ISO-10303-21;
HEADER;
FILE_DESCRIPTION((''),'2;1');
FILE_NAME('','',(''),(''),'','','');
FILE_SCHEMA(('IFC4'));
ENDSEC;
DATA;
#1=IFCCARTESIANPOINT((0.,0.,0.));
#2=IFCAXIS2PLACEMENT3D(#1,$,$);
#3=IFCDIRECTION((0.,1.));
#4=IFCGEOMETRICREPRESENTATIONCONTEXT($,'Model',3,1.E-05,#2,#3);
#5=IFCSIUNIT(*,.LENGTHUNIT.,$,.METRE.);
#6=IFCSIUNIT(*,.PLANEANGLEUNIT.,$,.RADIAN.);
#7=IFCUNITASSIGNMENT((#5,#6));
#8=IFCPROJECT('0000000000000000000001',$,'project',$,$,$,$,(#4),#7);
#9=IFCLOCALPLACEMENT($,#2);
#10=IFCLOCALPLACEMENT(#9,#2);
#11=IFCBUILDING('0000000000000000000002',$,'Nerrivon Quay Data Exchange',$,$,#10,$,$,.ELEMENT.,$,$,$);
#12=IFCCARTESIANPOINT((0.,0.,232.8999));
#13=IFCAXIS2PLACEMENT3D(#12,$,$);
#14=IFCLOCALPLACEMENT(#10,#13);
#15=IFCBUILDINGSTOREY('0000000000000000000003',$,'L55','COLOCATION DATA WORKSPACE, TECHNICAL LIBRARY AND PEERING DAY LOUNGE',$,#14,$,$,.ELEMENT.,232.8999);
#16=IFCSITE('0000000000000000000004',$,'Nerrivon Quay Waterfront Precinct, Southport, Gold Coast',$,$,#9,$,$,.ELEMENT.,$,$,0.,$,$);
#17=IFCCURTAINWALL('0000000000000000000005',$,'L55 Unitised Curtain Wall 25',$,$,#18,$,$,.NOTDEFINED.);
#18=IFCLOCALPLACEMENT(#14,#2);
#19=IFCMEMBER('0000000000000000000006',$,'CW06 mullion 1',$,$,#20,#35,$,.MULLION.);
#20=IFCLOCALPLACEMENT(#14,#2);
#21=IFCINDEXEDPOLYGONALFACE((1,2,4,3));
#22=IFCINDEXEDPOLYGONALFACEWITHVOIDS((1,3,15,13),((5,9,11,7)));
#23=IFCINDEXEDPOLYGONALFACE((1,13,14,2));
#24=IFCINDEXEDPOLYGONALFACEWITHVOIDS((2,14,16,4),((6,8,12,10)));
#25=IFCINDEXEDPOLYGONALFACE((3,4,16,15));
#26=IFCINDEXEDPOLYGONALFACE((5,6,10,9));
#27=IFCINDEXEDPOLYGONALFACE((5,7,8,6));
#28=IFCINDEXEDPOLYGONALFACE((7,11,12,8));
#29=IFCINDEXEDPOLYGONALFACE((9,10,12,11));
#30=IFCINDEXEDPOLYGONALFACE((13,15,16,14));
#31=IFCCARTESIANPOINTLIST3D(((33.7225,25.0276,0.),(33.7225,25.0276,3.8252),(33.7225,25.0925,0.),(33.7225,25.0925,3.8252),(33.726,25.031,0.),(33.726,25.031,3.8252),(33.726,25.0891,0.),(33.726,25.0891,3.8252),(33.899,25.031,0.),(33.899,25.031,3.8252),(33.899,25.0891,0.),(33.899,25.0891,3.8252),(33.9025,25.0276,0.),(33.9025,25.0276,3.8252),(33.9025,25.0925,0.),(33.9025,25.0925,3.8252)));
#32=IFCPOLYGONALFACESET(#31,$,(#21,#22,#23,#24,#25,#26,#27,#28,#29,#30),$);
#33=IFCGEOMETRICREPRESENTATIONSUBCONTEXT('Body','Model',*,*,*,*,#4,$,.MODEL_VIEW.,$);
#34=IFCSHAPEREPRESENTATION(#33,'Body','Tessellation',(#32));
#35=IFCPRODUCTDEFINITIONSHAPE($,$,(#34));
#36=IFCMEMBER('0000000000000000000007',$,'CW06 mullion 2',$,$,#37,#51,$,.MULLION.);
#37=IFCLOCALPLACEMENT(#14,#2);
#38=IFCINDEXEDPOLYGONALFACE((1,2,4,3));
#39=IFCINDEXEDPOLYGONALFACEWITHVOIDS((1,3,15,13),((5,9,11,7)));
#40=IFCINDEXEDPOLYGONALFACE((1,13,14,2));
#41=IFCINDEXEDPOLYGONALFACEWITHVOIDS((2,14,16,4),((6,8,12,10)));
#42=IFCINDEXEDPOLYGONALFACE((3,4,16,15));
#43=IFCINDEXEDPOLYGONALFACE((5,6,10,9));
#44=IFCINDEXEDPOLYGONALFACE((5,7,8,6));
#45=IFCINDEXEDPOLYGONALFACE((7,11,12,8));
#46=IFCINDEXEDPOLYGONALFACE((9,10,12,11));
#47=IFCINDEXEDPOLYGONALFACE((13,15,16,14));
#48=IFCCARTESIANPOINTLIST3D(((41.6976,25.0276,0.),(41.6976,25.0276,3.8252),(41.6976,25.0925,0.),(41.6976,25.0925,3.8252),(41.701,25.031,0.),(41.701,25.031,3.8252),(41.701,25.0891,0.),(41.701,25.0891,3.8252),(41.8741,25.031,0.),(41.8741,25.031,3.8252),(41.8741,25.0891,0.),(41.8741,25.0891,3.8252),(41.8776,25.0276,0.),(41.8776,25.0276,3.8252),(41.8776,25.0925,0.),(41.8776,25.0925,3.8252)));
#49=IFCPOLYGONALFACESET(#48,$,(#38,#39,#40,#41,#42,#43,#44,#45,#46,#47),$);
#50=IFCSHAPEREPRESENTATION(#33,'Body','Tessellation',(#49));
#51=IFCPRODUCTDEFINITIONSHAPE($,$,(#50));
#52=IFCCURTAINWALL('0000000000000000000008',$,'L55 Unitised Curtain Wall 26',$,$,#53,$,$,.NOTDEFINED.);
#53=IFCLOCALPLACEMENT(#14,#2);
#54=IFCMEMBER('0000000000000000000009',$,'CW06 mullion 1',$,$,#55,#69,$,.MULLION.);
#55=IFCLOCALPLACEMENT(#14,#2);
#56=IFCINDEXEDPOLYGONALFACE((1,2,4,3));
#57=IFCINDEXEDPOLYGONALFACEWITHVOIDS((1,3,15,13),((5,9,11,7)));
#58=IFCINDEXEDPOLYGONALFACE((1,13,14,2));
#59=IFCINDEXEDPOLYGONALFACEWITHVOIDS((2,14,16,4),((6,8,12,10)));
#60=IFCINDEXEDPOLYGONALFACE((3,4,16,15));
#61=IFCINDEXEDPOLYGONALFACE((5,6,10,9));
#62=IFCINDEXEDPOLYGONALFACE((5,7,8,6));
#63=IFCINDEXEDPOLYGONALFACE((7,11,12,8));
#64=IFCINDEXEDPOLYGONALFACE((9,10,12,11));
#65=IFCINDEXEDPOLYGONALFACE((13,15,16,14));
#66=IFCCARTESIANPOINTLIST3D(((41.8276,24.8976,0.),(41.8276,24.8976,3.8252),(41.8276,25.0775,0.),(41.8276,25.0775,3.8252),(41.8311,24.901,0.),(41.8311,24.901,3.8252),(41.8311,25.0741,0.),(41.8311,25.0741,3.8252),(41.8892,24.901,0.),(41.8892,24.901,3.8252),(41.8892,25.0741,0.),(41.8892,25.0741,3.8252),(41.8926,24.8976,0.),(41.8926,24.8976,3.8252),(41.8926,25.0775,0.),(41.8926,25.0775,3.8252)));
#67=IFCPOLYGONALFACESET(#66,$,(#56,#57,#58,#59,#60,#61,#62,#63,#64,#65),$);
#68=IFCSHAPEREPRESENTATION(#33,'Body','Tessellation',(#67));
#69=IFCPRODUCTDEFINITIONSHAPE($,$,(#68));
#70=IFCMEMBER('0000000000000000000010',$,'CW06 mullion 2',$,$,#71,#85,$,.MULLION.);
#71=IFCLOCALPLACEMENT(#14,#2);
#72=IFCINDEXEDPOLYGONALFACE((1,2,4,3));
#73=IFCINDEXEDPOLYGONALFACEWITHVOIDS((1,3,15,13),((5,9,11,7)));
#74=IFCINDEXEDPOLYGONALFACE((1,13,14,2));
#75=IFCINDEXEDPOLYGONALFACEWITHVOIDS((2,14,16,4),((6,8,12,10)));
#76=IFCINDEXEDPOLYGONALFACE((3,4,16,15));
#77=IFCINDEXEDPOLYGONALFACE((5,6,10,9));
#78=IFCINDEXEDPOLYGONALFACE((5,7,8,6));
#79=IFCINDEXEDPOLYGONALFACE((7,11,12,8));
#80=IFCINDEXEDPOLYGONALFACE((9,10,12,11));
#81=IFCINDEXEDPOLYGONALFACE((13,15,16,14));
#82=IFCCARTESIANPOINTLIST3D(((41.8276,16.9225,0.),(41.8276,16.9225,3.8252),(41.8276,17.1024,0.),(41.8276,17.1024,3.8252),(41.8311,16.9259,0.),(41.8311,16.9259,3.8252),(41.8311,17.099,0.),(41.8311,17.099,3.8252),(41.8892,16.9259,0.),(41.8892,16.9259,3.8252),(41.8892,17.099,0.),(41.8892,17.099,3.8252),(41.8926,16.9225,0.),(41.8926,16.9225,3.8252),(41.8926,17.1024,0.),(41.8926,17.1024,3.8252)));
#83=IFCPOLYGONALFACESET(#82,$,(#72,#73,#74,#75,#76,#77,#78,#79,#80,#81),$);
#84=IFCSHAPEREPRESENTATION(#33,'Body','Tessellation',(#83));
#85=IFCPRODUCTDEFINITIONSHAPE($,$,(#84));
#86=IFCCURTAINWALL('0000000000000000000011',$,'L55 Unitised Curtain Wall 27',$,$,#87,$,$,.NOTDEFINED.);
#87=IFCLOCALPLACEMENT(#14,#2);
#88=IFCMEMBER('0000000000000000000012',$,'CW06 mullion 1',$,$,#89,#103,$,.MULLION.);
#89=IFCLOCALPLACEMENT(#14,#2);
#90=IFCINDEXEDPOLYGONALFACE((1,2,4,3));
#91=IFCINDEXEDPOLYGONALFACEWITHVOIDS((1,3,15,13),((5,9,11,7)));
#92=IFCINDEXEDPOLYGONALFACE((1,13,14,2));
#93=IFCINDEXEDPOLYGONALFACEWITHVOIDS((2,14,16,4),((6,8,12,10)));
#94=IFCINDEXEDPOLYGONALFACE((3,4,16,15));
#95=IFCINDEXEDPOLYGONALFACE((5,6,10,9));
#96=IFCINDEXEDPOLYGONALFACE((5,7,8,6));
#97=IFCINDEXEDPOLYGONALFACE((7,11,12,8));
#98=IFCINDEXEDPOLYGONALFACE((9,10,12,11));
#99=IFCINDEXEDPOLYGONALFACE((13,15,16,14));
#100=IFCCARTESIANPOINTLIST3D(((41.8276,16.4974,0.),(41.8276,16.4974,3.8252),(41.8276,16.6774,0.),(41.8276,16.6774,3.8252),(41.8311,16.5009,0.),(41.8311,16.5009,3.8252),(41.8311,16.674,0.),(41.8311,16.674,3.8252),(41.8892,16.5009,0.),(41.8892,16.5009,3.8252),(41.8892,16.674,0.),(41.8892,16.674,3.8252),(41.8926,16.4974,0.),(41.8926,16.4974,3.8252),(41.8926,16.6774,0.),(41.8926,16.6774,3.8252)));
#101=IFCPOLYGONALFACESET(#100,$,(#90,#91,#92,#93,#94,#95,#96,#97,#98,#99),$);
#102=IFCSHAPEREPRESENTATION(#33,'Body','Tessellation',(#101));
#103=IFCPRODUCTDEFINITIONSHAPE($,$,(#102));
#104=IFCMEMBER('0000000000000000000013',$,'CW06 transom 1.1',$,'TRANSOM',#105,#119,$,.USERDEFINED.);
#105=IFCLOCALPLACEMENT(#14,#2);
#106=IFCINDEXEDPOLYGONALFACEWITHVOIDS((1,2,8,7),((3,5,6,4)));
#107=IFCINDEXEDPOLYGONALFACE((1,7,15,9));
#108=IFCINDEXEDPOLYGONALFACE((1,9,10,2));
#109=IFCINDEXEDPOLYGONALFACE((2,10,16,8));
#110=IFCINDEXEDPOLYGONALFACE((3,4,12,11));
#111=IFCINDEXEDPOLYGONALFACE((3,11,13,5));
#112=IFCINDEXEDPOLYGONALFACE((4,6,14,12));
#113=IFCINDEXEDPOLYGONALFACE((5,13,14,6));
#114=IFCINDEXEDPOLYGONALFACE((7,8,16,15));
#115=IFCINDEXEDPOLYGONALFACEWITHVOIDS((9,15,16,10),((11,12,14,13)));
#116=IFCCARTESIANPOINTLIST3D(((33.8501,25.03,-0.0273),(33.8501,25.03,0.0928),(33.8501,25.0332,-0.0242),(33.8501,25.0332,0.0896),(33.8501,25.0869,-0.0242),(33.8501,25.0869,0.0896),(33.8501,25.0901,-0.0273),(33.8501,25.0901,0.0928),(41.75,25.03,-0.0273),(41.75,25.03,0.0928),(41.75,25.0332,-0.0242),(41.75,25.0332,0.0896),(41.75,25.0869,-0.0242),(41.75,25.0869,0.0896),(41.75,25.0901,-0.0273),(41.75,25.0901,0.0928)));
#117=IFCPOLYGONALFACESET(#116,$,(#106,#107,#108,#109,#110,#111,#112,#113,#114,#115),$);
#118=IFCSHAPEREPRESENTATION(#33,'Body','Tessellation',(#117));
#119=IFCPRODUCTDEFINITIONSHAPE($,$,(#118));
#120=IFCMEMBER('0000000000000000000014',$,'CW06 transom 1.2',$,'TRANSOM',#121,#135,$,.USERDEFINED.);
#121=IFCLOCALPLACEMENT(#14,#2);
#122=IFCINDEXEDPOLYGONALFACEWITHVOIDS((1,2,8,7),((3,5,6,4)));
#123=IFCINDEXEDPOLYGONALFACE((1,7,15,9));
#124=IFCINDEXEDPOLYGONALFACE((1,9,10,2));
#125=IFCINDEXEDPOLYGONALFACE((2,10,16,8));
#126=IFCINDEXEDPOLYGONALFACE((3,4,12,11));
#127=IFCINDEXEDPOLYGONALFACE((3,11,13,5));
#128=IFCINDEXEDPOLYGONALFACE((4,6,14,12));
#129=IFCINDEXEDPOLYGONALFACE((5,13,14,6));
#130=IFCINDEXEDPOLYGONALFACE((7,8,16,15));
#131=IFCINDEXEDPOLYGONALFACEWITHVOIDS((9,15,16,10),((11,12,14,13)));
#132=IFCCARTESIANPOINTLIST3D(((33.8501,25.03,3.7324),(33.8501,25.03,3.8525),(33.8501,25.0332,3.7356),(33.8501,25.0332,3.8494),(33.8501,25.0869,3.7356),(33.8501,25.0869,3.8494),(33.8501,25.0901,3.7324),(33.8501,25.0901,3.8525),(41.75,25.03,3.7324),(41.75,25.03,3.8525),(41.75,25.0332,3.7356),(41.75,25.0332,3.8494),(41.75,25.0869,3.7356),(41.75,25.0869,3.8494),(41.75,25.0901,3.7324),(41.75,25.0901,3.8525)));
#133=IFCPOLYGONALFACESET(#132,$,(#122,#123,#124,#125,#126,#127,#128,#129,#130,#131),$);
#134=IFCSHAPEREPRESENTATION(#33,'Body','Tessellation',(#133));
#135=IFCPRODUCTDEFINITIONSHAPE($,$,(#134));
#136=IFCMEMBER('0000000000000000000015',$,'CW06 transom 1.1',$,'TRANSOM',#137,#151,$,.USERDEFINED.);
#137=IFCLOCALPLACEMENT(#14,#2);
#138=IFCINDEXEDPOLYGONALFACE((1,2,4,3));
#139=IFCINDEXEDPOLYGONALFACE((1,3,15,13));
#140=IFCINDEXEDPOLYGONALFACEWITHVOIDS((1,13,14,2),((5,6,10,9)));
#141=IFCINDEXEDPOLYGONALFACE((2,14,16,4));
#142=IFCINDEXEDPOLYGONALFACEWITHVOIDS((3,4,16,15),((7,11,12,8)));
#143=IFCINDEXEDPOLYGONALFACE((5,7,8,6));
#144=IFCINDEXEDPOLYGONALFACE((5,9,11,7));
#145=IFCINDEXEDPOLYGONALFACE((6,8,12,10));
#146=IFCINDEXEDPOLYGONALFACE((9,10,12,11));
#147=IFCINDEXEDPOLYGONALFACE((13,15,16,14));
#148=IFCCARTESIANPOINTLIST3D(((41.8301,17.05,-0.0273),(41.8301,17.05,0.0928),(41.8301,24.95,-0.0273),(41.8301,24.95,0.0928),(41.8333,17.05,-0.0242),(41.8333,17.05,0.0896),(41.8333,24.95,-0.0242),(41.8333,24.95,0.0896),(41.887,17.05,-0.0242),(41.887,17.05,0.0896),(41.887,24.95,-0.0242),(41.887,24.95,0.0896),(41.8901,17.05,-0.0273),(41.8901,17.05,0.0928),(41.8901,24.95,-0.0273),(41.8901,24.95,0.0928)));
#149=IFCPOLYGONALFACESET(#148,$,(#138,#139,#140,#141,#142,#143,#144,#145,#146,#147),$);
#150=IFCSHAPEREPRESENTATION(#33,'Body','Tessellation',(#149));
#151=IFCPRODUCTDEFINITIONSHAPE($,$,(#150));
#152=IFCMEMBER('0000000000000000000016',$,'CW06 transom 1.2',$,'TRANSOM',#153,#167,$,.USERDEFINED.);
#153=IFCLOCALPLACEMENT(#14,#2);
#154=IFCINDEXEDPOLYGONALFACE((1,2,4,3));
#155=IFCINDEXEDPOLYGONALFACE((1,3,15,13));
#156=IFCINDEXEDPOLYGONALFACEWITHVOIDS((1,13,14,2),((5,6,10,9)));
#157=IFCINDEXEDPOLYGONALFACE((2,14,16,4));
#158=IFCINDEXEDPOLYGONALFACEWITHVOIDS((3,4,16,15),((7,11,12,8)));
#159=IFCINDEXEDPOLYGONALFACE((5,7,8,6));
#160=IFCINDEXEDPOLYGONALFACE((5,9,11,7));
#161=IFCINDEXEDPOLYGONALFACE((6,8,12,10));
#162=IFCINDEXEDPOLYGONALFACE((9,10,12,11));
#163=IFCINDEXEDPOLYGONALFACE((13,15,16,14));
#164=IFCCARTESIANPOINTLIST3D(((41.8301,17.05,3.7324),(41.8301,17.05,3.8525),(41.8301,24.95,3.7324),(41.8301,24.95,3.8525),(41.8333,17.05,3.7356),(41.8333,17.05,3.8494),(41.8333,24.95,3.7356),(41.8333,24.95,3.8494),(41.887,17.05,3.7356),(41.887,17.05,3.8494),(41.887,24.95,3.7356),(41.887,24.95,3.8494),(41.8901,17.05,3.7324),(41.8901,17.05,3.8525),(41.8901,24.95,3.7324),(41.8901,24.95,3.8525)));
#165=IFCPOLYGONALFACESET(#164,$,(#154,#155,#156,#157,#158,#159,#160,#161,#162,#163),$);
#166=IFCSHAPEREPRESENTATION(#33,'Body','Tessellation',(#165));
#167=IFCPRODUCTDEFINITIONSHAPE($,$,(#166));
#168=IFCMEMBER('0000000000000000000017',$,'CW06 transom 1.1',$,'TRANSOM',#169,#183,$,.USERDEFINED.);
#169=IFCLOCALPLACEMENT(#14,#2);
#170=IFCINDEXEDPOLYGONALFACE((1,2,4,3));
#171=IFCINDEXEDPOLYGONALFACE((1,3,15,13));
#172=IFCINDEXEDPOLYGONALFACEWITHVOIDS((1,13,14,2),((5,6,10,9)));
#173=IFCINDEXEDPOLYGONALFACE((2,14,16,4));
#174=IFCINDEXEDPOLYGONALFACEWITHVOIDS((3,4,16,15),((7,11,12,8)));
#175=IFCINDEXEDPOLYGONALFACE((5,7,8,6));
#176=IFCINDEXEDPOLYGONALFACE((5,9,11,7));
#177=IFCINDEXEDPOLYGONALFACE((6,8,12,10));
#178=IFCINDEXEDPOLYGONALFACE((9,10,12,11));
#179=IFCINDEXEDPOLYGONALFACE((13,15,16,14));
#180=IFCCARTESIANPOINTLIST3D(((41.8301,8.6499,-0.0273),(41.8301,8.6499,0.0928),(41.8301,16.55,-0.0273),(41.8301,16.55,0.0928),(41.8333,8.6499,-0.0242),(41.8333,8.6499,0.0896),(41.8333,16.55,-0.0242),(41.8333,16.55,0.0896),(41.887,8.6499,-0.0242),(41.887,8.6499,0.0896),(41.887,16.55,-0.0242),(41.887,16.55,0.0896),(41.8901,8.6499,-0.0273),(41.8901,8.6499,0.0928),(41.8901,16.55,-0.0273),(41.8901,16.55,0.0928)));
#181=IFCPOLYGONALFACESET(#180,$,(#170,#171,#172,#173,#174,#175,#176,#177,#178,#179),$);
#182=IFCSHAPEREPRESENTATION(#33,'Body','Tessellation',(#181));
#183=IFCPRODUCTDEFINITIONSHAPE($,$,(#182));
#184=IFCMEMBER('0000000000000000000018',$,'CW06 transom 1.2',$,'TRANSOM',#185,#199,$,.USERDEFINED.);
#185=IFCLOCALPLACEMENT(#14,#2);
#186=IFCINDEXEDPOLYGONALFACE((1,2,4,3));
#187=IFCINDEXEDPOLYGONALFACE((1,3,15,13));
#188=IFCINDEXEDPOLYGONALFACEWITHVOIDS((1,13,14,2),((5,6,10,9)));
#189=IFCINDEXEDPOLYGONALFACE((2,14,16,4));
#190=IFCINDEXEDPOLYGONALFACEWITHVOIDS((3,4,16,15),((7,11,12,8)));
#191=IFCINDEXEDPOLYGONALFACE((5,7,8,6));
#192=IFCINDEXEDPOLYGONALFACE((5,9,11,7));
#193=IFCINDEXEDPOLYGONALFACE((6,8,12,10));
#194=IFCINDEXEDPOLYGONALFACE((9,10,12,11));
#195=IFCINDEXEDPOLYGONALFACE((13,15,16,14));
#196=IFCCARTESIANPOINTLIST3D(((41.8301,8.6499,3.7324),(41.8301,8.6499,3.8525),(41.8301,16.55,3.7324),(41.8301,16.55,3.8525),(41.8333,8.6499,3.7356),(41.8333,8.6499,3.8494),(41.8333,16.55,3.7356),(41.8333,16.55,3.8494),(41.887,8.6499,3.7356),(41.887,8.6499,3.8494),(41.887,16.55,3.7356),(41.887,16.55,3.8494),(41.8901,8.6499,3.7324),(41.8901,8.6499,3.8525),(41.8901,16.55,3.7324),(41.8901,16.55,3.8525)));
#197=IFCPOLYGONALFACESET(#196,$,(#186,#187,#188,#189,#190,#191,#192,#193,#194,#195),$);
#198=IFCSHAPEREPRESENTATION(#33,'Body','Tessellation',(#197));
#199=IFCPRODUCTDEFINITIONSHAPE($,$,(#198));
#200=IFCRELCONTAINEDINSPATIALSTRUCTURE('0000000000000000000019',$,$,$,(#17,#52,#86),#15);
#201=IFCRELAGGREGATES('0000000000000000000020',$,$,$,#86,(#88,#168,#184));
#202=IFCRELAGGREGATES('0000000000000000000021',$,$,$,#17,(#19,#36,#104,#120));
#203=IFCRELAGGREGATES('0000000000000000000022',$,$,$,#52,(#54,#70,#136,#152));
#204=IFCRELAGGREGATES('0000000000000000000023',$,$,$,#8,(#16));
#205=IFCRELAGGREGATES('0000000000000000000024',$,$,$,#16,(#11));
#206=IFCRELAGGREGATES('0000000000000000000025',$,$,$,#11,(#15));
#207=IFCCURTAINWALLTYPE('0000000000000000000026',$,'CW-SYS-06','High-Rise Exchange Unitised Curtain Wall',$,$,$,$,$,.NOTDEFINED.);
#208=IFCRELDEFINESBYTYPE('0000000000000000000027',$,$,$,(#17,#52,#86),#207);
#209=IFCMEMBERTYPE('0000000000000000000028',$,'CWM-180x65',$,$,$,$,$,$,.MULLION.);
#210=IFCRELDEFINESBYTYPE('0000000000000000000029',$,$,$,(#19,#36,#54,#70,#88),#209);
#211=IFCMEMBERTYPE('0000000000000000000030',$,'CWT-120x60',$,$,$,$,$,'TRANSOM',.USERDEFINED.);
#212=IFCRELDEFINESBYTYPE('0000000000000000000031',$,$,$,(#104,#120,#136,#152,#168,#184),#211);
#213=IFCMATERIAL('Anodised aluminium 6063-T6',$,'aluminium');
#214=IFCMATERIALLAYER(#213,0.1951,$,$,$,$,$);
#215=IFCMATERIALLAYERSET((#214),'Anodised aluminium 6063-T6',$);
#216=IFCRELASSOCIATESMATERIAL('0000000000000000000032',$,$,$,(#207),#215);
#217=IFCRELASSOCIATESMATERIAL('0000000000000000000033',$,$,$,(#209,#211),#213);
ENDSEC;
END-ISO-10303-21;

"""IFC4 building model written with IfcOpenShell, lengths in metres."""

from ifc_helpers import new_model, si_unit, direction, frame, origin, origin_2d, place, context, subcontext, project, spatial, hollow_rectangle, extrude, material, layer, layer_set, material_profile, profile_set, type_object, element, aggregate, save


model = new_model("IFC4")

# Units and contexts
model_context = context("Model", 3, precision=1e-05, world=origin(), true_north=direction((0.0, 1.0)))
body_context = subcontext(model_context, "Body", "Model", "MODEL_VIEW")
ifc_project = project(units=[si_unit("LENGTHUNIT", "METRE"), si_unit("PLANEANGLEUNIT", "RADIAN")], contexts=[model_context])

# Site, building, storey
site_placement = place(None, origin())
site = spatial("IfcSite", under=ifc_project, at=site_placement, Name="Nerrivon Quay Waterfront Precinct, Southport, Gold Coast", CompositionType="ELEMENT", RefElevation=0.0)
building_placement = place(site_placement, origin())
building = spatial("IfcBuilding", under=site, at=building_placement, Name="Nerrivon Quay Data Exchange", CompositionType="ELEMENT")
storey_placement = place(building_placement, frame((0.0, 0.0, 232.8999)))
storey = spatial("IfcBuildingStorey", under=building, at=storey_placement, Name="L55", Description="COLOCATION DATA WORKSPACE, TECHNICAL LIBRARY AND PEERING DAY LOUNGE", CompositionType="ELEMENT", Elevation=232.8999)

# Curtain walls, members
ifc_material_1 = material(Name="Anodised aluminium 6063-T6", Category="aluminium")
ifc_layer_1 = layer(ifc_material_1, 0.1951)
ifc_layer_set_1 = layer_set([ifc_layer_1], Name="Anodised aluminium 6063-T6")
curtain_wall_type = type_object("IfcCurtainWallType", Name="CW-SYS-06", Description="High-Rise Exchange Unitised Curtain Wall", PredefinedType="NOTDEFINED", material=ifc_layer_set_1)
curtain_wall_1_placement = place(storey_placement, origin())
curtain_wall_1 = element("IfcCurtainWall", 1, at=curtain_wall_1_placement, inside=storey, type_object=curtain_wall_type, Name="L55 Unitised Curtain Wall 25", PredefinedType="NOTDEFINED")
ifc_material_profile_1 = material_profile(ifc_material_1, hollow_rectangle(XDim=0.0649, YDim=0.1799, WallThickness=0.0034, at=origin_2d()), Name="ALU-MULL-180x65")
ifc_profile_set_1 = profile_set([ifc_material_profile_1], Name="Anodised aluminium 6063-T6")
member_type_1 = type_object("IfcMemberType", Name="CWM-180x65", PredefinedType="MULLION", material=ifc_profile_set_1)
member_1_placement = place(storey_placement, frame((33.8125, 25.0601, 0.0), z_axis=(0.0, 0.0, 1.0), x_axis=(0.0, 1.0, 0.0)))
member_1 = element("IfcMember", 2, at=member_1_placement, type_object=member_type_1, Name="CW06 mullion 1", PredefinedType="MULLION", context=body_context, shape_type="SweptSolid", body=[
    extrude(hollow_rectangle(XDim=0.0649, YDim=0.1799, WallThickness=0.0034, at=origin_2d()), origin(), (0.0, 0.0, 1.0), 3.8252),
])
member_2_placement = place(storey_placement, frame((41.7876, 25.0601, 0.0), z_axis=(0.0, 0.0, 1.0), x_axis=(0.0, 1.0, 0.0)))
member_2 = element("IfcMember", 3, at=member_2_placement, type_object=member_type_1, Name="CW06 mullion 2", PredefinedType="MULLION", context=body_context, shape_type="SweptSolid", body=[
    extrude(hollow_rectangle(XDim=0.0649, YDim=0.1799, WallThickness=0.0034, at=origin_2d()), origin(), (0.0, 0.0, 1.0), 3.8252),
])
curtain_wall_2_placement = place(storey_placement, origin())
curtain_wall_2 = element("IfcCurtainWall", 4, at=curtain_wall_2_placement, inside=storey, type_object=curtain_wall_type, Name="L55 Unitised Curtain Wall 26", PredefinedType="NOTDEFINED")
member_3_placement = place(storey_placement, frame((41.8601, 24.9875, 0.0), z_axis=(0.0, 0.0, 1.0), x_axis=(1.0, 0.0, 0.0)))
member_3 = element("IfcMember", 5, at=member_3_placement, type_object=member_type_1, Name="CW06 mullion 1", PredefinedType="MULLION", context=body_context, shape_type="SweptSolid", body=[
    extrude(hollow_rectangle(XDim=0.0649, YDim=0.1799, WallThickness=0.0034, at=origin_2d()), origin(), (0.0, 0.0, 1.0), 3.8252),
])
member_4_placement = place(storey_placement, frame((41.8601, 17.0125, 0.0), z_axis=(0.0, 0.0, 1.0), x_axis=(1.0, 0.0, 0.0)))
member_4 = element("IfcMember", 6, at=member_4_placement, type_object=member_type_1, Name="CW06 mullion 2", PredefinedType="MULLION", context=body_context, shape_type="SweptSolid", body=[
    extrude(hollow_rectangle(XDim=0.0649, YDim=0.1799, WallThickness=0.0034, at=origin_2d()), origin(), (0.0, 0.0, 1.0), 3.8252),
])

# Curtain wall, member
curtain_wall_3_placement = place(storey_placement, origin())
curtain_wall_3 = element("IfcCurtainWall", 7, at=curtain_wall_3_placement, inside=storey, type_object=curtain_wall_type, Name="L55 Unitised Curtain Wall 27", PredefinedType="NOTDEFINED")
member_5_placement = place(storey_placement, frame((41.8601, 16.5874, 0.0), z_axis=(0.0, 0.0, 1.0), x_axis=(1.0, 0.0, 0.0)))
member_5 = element("IfcMember", 8, at=member_5_placement, type_object=member_type_1, Name="CW06 mullion 1", PredefinedType="MULLION", context=body_context, shape_type="SweptSolid", body=[
    extrude(hollow_rectangle(XDim=0.0649, YDim=0.1799, WallThickness=0.0034, at=origin_2d()), origin(), (0.0, 0.0, 1.0), 3.8252),
])

# Members
ifc_material_profile_2 = material_profile(ifc_material_1, hollow_rectangle(XDim=0.0601, YDim=0.1201, WallThickness=0.0032, at=origin_2d()), Name="ALU-TRAN-120x60")
ifc_profile_set_2 = profile_set([ifc_material_profile_2], Name="Anodised aluminium 6063-T6")
member_type_2 = type_object("IfcMemberType", Name="CWT-120x60", ElementType="TRANSOM", PredefinedType="USERDEFINED", material=ifc_profile_set_2)
member_6_placement = place(storey_placement, frame((33.8501, 25.0601, 0.0327), z_axis=(1.0, 0.0, 0.0), x_axis=(0.0, 1.0, 0.0)))
member_6 = element("IfcMember", 9, at=member_6_placement, type_object=member_type_2, Name="CW06 transom 1.1", ObjectType="TRANSOM", PredefinedType="USERDEFINED", context=body_context, shape_type="SweptSolid", body=[
    extrude(hollow_rectangle(XDim=0.0601, YDim=0.1201, WallThickness=0.0032, at=origin_2d()), origin(), (0.0, 0.0, 1.0), 7.8999),
])
member_7_placement = place(storey_placement, frame((33.8501, 25.0601, 3.7925), z_axis=(1.0, 0.0, 0.0), x_axis=(0.0, 1.0, 0.0)))
member_7 = element("IfcMember", 10, at=member_7_placement, type_object=member_type_2, Name="CW06 transom 1.2", ObjectType="TRANSOM", PredefinedType="USERDEFINED", context=body_context, shape_type="SweptSolid", body=[
    extrude(hollow_rectangle(XDim=0.0601, YDim=0.1201, WallThickness=0.0032, at=origin_2d()), origin(), (0.0, 0.0, 1.0), 7.8999),
])
member_8_placement = place(storey_placement, frame((41.8601, 24.95, 0.0327), z_axis=(0.0, -1.0, 0.0), x_axis=(1.0, 0.0, 0.0)))
member_8 = element("IfcMember", 11, at=member_8_placement, type_object=member_type_2, Name="CW06 transom 1.1", ObjectType="TRANSOM", PredefinedType="USERDEFINED", context=body_context, shape_type="SweptSolid", body=[
    extrude(hollow_rectangle(XDim=0.0601, YDim=0.1201, WallThickness=0.0032, at=origin_2d()), origin(), (0.0, 0.0, 1.0), 7.8999),
])
member_9_placement = place(storey_placement, frame((41.8601, 24.95, 3.7925), z_axis=(0.0, -1.0, 0.0), x_axis=(1.0, 0.0, 0.0)))
member_9 = element("IfcMember", 12, at=member_9_placement, type_object=member_type_2, Name="CW06 transom 1.2", ObjectType="TRANSOM", PredefinedType="USERDEFINED", context=body_context, shape_type="SweptSolid", body=[
    extrude(hollow_rectangle(XDim=0.0601, YDim=0.1201, WallThickness=0.0032, at=origin_2d()), origin(), (0.0, 0.0, 1.0), 7.8999),
])
member_10_placement = place(storey_placement, frame((41.8601, 16.55, 0.0327), z_axis=(0.0, -1.0, 0.0), x_axis=(1.0, 0.0, 0.0)))
member_10 = element("IfcMember", 13, at=member_10_placement, type_object=member_type_2, Name="CW06 transom 1.1", ObjectType="TRANSOM", PredefinedType="USERDEFINED", context=body_context, shape_type="SweptSolid", body=[
    extrude(hollow_rectangle(XDim=0.0601, YDim=0.1201, WallThickness=0.0032, at=origin_2d()), origin(), (0.0, 0.0, 1.0), 7.9001),
])
member_11_placement = place(storey_placement, frame((41.8601, 16.55, 3.7925), z_axis=(0.0, -1.0, 0.0), x_axis=(1.0, 0.0, 0.0)))
member_11 = element("IfcMember", 14, at=member_11_placement, type_object=member_type_2, Name="CW06 transom 1.2", ObjectType="TRANSOM", PredefinedType="USERDEFINED", context=body_context, shape_type="SweptSolid", body=[
    extrude(hollow_rectangle(XDim=0.0601, YDim=0.1201, WallThickness=0.0032, at=origin_2d()), origin(), (0.0, 0.0, 1.0), 7.9001),
])
aggregate(curtain_wall_3, [member_5, member_10, member_11])

aggregate(curtain_wall_1, [member_1, member_2, member_6, member_7])
aggregate(curtain_wall_2, [member_3, member_4, member_8, member_9])

save(model, "model.ifc")
